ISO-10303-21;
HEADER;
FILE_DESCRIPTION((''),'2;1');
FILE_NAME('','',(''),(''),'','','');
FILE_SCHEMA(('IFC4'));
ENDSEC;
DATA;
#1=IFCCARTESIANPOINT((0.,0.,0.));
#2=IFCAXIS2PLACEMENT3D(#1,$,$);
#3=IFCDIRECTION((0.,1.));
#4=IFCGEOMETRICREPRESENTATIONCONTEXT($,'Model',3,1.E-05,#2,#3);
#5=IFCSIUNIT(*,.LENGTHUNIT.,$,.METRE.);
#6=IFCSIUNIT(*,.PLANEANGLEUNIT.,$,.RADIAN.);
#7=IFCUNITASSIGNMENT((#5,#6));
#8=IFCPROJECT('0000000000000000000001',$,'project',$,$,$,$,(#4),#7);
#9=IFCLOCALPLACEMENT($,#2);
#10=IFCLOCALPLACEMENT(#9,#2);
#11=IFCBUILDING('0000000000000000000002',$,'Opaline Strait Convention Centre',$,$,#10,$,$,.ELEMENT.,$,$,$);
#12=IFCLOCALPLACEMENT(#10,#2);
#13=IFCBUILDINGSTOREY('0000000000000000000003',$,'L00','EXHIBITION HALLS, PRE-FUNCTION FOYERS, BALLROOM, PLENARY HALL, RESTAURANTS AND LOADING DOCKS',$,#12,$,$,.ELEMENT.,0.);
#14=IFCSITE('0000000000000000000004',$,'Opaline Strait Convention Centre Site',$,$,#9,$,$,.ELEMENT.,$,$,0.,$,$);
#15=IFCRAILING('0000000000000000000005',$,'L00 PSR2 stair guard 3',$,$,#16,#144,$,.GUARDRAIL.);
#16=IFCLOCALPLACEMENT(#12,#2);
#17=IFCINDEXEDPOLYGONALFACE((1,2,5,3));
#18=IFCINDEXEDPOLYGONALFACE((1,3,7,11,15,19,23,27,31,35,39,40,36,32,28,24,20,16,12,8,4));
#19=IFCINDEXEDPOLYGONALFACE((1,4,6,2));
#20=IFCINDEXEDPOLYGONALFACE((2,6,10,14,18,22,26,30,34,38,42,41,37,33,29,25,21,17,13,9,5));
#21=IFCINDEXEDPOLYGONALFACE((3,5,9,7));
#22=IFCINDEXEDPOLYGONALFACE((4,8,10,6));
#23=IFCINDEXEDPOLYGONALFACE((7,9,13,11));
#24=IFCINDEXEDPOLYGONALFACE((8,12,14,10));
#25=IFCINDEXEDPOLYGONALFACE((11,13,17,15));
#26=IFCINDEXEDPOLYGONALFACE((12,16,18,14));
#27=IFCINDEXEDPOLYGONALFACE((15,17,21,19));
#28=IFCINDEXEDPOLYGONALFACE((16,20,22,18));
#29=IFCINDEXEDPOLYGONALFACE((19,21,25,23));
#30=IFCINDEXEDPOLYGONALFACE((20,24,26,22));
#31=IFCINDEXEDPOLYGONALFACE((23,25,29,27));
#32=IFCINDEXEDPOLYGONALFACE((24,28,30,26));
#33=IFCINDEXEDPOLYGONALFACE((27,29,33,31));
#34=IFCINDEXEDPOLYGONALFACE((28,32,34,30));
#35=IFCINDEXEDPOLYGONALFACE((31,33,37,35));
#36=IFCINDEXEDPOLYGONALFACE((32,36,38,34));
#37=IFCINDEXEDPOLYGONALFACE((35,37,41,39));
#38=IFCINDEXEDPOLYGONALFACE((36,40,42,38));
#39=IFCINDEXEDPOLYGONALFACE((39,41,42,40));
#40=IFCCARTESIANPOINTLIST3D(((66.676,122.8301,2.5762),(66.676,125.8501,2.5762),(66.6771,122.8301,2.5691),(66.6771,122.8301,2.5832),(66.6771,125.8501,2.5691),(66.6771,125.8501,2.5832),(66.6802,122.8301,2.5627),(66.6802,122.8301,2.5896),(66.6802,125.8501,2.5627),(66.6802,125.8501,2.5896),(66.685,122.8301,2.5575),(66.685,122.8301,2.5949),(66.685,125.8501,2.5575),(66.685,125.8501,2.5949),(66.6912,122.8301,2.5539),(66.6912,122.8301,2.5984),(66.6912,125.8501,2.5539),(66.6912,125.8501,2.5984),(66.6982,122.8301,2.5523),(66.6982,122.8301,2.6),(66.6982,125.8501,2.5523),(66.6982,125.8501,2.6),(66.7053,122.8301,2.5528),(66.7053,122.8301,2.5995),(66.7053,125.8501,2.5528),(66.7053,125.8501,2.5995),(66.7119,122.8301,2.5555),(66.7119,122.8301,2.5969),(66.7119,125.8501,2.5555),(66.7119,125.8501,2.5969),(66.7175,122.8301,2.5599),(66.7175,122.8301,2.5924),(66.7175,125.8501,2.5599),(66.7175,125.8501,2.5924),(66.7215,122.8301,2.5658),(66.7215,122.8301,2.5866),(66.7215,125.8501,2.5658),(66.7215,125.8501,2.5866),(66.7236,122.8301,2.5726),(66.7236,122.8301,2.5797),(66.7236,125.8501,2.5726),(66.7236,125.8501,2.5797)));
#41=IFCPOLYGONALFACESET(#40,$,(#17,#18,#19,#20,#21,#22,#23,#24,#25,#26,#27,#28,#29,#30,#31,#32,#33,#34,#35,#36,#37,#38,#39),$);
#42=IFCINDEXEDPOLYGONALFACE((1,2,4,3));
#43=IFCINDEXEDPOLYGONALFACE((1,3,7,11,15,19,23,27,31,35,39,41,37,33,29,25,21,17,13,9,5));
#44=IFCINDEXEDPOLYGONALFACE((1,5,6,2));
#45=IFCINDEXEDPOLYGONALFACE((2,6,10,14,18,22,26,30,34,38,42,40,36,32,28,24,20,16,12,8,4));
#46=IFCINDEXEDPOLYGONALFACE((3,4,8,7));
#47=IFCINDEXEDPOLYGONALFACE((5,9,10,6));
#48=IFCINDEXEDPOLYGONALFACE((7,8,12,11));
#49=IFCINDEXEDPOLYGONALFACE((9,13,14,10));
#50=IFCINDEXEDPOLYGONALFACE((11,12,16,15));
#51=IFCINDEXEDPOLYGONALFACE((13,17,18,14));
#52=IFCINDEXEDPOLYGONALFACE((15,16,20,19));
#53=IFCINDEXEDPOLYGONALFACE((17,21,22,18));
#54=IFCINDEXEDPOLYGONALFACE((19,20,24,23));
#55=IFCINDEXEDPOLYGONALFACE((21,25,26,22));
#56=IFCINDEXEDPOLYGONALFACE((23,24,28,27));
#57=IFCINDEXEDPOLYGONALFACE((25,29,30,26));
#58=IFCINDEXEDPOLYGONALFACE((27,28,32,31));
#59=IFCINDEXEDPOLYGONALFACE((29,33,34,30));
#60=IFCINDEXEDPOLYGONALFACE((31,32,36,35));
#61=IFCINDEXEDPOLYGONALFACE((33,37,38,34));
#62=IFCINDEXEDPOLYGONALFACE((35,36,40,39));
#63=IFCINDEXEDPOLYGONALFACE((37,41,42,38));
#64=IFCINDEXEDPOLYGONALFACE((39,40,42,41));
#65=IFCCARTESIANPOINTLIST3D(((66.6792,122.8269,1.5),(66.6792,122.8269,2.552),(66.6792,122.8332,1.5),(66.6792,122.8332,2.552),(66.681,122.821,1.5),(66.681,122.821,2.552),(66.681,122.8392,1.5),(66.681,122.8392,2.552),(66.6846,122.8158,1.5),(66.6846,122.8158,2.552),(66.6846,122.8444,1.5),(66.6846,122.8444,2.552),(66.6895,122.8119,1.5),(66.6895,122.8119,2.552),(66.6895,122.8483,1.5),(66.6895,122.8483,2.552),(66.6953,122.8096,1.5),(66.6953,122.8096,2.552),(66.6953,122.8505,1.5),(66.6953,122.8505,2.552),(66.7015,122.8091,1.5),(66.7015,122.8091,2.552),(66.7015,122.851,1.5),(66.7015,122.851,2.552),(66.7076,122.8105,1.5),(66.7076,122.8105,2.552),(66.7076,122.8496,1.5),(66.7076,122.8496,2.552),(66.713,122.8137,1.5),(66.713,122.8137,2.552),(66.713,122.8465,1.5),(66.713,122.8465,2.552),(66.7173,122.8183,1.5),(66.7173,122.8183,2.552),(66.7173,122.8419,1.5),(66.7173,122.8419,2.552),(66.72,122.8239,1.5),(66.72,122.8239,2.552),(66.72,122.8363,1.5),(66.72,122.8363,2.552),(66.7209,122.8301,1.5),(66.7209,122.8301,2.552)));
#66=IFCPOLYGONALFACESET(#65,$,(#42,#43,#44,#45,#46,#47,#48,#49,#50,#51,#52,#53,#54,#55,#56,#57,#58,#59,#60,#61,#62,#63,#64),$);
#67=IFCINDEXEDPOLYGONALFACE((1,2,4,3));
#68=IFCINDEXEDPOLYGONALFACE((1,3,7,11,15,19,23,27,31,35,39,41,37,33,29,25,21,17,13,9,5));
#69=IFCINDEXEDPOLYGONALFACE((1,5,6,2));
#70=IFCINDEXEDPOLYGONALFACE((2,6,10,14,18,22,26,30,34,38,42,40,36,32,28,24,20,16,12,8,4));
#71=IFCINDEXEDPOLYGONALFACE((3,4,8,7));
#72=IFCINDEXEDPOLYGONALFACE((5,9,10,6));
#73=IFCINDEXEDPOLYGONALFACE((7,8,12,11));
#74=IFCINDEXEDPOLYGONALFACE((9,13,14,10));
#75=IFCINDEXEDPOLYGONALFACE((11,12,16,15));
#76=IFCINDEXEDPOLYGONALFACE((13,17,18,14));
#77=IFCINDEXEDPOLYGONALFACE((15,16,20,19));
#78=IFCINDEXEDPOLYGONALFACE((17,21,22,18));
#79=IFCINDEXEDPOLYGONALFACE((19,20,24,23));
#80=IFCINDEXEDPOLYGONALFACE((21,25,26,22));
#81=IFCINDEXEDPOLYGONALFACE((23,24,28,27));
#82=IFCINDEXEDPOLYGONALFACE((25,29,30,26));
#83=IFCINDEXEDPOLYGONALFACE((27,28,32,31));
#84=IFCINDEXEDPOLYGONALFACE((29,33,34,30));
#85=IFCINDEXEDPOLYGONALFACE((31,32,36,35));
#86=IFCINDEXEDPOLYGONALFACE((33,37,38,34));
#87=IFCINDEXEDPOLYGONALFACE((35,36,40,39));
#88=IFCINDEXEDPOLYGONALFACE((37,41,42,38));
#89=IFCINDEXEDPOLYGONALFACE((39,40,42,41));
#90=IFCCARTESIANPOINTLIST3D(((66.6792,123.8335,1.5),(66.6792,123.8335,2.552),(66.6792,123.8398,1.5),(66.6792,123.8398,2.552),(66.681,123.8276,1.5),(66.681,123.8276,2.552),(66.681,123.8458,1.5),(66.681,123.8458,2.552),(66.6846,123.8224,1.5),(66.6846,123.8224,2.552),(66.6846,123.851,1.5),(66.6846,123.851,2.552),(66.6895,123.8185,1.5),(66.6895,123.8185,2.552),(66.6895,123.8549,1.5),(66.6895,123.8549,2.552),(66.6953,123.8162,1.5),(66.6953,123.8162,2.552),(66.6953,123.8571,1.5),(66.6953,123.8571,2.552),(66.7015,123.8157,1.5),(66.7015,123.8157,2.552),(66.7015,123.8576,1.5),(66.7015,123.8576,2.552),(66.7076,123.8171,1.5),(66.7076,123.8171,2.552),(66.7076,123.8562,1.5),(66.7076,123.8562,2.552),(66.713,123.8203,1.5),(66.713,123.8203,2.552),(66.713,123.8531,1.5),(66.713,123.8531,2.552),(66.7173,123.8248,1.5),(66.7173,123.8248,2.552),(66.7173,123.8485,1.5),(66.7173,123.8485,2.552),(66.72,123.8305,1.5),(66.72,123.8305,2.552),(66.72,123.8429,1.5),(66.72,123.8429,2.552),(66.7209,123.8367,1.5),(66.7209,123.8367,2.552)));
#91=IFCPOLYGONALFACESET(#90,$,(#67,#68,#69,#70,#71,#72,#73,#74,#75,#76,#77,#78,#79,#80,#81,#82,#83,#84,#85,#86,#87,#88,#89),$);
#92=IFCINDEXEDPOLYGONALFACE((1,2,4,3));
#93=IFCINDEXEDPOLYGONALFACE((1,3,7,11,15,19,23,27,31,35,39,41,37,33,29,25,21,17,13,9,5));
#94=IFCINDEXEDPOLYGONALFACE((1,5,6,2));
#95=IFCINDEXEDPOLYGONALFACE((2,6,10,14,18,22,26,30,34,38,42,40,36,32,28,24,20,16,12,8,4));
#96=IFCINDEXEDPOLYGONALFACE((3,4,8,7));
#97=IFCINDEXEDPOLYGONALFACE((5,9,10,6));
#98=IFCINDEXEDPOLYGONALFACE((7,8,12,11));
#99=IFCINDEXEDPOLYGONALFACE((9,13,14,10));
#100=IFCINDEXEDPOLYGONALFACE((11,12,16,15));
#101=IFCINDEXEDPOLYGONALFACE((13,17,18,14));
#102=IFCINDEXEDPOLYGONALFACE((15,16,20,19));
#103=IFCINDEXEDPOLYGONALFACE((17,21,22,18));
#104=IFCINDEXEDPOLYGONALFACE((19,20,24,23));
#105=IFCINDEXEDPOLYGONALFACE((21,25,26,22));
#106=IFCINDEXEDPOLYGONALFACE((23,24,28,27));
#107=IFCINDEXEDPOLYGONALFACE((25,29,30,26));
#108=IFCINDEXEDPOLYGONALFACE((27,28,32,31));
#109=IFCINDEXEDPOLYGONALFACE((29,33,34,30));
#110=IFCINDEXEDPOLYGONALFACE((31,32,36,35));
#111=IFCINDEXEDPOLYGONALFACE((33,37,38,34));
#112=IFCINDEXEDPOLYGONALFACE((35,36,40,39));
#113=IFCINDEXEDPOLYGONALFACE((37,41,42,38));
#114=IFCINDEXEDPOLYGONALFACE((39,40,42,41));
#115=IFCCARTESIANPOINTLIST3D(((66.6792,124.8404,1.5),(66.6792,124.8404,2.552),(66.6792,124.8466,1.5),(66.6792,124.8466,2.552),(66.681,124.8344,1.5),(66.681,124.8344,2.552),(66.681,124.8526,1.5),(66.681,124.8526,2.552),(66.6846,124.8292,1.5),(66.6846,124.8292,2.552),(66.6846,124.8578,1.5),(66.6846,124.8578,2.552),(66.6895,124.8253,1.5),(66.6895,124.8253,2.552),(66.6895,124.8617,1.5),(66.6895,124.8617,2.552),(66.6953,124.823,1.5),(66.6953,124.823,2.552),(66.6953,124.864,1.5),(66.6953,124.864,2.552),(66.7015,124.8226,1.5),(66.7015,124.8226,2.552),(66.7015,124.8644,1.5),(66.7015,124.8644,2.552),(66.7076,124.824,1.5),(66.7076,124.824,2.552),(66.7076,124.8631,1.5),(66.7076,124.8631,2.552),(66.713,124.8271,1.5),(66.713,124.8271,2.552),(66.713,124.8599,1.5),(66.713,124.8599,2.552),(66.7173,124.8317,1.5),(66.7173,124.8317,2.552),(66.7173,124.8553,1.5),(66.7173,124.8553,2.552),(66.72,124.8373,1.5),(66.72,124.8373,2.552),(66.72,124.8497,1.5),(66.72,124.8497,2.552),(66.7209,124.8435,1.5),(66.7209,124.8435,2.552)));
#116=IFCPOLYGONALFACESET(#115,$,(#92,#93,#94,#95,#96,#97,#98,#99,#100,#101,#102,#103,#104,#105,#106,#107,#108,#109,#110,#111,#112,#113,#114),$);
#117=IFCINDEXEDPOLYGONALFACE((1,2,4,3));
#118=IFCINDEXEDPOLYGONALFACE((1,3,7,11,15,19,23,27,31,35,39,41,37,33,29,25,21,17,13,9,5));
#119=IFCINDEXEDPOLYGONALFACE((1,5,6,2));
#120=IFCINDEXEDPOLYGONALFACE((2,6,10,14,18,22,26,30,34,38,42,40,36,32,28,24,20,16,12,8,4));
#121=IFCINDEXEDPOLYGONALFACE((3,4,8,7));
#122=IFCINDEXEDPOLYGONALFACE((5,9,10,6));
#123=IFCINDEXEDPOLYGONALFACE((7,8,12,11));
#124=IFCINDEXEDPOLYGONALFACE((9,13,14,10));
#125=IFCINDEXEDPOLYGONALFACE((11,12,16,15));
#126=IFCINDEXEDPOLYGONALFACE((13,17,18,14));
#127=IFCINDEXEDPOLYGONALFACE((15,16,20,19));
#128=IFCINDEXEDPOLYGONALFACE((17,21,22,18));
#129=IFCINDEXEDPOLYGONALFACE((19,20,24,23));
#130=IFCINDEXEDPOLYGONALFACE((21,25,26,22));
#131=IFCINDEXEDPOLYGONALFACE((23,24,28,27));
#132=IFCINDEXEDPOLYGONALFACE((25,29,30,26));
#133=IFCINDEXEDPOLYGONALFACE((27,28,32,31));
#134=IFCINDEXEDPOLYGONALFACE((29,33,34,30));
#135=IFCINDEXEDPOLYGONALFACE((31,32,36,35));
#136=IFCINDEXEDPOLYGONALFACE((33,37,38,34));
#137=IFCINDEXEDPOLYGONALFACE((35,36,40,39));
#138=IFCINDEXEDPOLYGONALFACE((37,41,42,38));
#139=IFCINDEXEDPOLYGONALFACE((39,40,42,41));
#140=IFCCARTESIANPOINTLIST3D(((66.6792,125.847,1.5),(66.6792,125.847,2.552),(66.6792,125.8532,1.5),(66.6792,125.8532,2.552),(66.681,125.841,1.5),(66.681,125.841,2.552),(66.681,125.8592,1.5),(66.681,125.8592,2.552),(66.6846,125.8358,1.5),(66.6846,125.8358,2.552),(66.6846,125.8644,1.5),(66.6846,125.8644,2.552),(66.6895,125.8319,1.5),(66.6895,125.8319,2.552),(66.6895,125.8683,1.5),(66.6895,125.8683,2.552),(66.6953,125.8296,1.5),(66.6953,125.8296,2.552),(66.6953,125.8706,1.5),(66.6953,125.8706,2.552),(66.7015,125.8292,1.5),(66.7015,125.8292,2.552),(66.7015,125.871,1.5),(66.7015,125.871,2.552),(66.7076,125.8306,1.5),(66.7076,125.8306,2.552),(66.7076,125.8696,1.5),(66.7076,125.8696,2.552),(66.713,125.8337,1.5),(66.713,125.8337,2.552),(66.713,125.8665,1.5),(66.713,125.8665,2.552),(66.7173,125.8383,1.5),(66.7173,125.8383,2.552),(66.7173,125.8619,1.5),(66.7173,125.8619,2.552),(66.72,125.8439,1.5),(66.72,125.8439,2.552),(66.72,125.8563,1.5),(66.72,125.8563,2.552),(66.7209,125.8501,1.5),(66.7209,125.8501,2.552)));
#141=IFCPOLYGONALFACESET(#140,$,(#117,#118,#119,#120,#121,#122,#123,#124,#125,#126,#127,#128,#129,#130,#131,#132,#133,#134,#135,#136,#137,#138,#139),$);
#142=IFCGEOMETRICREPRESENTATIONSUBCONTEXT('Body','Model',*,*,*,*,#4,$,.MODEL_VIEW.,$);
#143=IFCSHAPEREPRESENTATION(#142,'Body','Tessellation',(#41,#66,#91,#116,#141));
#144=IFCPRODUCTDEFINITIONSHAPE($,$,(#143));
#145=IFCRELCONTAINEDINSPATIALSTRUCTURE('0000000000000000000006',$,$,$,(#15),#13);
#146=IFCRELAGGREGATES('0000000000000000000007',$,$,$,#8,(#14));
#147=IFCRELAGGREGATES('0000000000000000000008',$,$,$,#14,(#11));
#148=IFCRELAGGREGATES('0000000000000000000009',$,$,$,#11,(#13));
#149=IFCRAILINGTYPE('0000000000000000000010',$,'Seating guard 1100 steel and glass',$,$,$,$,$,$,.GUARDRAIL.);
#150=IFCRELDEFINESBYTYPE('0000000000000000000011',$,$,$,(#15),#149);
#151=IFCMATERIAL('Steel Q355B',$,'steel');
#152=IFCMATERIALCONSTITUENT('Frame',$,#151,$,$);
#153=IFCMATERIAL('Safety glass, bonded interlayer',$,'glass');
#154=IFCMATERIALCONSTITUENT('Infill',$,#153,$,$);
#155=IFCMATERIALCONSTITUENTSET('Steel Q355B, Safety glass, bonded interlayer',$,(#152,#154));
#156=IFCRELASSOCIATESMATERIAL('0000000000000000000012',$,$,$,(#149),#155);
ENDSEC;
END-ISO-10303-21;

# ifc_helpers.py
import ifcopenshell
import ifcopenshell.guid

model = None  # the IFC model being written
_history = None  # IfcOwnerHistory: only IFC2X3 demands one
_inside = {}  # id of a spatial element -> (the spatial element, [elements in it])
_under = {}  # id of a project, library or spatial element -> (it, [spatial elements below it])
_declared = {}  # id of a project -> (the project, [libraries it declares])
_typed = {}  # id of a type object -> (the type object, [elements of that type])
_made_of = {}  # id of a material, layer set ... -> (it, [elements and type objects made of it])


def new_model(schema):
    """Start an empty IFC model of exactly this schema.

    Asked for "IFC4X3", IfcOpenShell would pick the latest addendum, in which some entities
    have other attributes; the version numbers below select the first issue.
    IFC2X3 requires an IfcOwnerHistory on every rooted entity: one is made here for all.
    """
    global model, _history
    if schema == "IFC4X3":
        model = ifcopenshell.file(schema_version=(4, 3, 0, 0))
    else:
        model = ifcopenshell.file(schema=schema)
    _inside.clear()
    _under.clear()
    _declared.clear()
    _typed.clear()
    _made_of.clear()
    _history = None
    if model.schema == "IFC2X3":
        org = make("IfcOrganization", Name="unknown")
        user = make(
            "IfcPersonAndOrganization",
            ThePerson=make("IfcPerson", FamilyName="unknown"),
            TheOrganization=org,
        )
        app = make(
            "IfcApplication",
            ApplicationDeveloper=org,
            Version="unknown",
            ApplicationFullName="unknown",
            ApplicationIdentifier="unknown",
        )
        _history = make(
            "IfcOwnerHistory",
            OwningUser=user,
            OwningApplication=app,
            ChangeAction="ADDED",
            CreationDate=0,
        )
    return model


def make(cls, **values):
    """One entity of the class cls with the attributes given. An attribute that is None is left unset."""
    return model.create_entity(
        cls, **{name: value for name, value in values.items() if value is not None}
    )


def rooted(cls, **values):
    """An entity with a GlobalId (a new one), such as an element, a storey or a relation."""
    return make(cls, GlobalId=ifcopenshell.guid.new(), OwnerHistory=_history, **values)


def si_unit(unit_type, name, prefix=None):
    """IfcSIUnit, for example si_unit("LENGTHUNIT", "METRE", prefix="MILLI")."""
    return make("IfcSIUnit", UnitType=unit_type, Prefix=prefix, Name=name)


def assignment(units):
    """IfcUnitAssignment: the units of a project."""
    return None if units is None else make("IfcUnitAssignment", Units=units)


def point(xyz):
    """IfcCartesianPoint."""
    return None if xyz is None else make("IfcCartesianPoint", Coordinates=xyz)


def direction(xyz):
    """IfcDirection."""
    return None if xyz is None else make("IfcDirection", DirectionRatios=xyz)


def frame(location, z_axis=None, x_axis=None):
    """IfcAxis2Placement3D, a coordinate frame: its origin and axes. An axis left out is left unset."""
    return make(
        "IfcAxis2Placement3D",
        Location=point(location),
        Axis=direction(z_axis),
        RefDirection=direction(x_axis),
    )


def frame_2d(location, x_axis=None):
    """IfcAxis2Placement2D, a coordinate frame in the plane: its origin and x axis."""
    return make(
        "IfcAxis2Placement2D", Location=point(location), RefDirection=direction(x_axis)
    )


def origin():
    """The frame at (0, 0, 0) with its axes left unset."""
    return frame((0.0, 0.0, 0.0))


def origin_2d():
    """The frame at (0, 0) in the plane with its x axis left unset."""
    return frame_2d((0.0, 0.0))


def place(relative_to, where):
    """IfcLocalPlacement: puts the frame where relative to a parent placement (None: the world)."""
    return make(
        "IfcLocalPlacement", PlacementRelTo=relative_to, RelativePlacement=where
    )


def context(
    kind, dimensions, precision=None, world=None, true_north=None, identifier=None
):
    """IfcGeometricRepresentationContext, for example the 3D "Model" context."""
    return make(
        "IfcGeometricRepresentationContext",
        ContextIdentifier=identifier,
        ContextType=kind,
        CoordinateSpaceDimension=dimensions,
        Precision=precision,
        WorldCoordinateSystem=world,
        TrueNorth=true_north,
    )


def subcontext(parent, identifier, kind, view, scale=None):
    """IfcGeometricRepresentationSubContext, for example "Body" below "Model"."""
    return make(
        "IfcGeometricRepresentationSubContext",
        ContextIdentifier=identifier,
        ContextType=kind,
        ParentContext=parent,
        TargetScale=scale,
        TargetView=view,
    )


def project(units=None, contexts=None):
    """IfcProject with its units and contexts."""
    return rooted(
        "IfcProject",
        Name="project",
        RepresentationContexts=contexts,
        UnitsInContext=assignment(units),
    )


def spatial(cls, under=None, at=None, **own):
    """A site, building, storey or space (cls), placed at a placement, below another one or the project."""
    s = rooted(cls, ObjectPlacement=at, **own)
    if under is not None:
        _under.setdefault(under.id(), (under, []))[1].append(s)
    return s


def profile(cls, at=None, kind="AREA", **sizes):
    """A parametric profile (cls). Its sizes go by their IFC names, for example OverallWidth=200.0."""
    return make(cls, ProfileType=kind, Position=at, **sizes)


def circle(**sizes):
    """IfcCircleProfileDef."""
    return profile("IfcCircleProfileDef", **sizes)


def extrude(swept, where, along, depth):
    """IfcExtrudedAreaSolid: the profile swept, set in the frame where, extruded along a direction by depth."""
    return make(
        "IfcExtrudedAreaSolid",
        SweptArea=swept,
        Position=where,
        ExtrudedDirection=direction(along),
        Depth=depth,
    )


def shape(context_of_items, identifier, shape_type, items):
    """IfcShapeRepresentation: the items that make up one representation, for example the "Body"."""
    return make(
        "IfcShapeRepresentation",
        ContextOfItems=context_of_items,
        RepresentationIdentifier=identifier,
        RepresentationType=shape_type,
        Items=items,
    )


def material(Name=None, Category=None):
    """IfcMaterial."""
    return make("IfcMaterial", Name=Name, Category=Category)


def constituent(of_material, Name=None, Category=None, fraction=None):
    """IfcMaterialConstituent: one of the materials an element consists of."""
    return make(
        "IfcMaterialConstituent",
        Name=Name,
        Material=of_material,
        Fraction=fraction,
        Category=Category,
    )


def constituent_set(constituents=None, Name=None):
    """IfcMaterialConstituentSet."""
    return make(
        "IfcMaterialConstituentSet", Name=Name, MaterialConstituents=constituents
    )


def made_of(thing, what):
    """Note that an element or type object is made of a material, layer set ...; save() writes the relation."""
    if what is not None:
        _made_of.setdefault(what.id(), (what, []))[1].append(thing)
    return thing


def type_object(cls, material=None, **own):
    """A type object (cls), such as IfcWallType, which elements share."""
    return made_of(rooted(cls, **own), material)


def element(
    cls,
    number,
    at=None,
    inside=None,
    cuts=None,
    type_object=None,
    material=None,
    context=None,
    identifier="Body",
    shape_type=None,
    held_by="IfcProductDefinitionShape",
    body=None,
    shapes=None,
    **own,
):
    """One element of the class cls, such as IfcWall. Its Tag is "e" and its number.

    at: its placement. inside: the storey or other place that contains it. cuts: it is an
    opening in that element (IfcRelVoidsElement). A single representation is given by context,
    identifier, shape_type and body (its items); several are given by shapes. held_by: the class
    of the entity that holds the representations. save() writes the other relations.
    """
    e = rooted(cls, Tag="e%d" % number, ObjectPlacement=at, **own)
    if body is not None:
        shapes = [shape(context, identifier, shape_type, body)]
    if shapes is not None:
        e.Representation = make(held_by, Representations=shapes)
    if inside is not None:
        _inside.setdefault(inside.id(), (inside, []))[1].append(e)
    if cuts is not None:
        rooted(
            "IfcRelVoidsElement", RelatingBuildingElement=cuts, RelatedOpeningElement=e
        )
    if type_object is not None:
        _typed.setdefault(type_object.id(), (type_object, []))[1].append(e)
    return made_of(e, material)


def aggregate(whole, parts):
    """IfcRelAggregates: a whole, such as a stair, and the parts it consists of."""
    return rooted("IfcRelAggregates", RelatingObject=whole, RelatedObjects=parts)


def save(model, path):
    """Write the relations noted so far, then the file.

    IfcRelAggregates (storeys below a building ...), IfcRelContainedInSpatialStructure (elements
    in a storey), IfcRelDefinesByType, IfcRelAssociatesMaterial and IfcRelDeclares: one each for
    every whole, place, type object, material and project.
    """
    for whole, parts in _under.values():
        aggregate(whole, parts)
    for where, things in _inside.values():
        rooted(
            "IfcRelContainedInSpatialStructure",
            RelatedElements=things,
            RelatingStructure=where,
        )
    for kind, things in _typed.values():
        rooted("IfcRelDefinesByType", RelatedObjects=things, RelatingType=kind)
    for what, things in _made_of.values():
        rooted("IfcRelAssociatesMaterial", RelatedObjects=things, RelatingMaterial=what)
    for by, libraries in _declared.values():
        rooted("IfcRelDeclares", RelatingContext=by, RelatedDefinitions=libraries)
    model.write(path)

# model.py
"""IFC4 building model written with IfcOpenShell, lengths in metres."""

from ifc_helpers import new_model, si_unit, direction, frame, origin, origin_2d, place, context, subcontext, project, spatial, circle, extrude, material, constituent, constituent_set, type_object, element, save


model = new_model("IFC4")

# Units and contexts
model_context = context("Model", 3, precision=1e-05, world=origin(), true_north=direction((0.0, 1.0)))
body_context = subcontext(model_context, "Body", "Model", "MODEL_VIEW")
ifc_project = project(units=[si_unit("LENGTHUNIT", "METRE"), si_unit("PLANEANGLEUNIT", "RADIAN")], contexts=[model_context])

# Site, building, storey
site_placement = place(None, origin())
site = spatial("IfcSite", under=ifc_project, at=site_placement, Name="Opaline Strait Convention Centre Site", CompositionType="ELEMENT", RefElevation=0.0)
building_placement = place(site_placement, origin())
building = spatial("IfcBuilding", under=site, at=building_placement, Name="Opaline Strait Convention Centre", CompositionType="ELEMENT")
storey_placement = place(building_placement, origin())
storey = spatial("IfcBuildingStorey", under=building, at=storey_placement, Name="L00", Description="EXHIBITION HALLS, PRE-FUNCTION FOYERS, BALLROOM, PLENARY HALL, RESTAURANTS AND LOADING DOCKS", CompositionType="ELEMENT", Elevation=0.0)

# Railing
ifc_material_1 = material(Name="Steel Q355B", Category="steel")
ifc_constituent_1 = constituent(ifc_material_1, Name="Frame")
ifc_material_2 = material(Name="Safety glass, bonded interlayer", Category="glass")
ifc_constituent_2 = constituent(ifc_material_2, Name="Infill")
ifc_constituent_set = constituent_set(constituents=[ifc_constituent_1, ifc_constituent_2], Name="Steel Q355B, Safety glass, bonded interlayer")
railing_type_1 = type_object("IfcRailingType", Name="Seating guard 1100 steel and glass", PredefinedType="GUARDRAIL", material=ifc_constituent_set)
railing_1_placement = place(storey_placement, frame((66.7, 122.8301, 1.5)))
element("IfcRailing", 1, at=railing_1_placement, inside=storey, type_object=railing_type_1, Name="L00 PSR2 stair guard 3", PredefinedType="GUARDRAIL", context=body_context, shape_type="SweptSolid", body=[
    extrude(circle(Radius=0.0239, at=origin_2d()), frame((0.0, 0.0, 1.0762), z_axis=(0.0, 1.0, 0.0), x_axis=(-1.0, 0.0, 0.0)), (0.0, 0.0, 1.0), 3.02),
    extrude(circle(Radius=0.021, at=origin_2d()), origin(), (0.0, 0.0, 1.0), 1.052),
    extrude(circle(Radius=0.021, at=origin_2d()), frame((0.0, 1.0066, 0.0)), (0.0, 0.0, 1.0), 1.052),
    extrude(circle(Radius=0.021, at=origin_2d()), frame((0.0, 2.0134, 0.0)), (0.0, 0.0, 1.0), 1.052),
    extrude(circle(Radius=0.021, at=origin_2d()), frame((0.0, 3.02, 0.0)), (0.0, 0.0, 1.0), 1.052),
])

save(model, "model.ifc")
